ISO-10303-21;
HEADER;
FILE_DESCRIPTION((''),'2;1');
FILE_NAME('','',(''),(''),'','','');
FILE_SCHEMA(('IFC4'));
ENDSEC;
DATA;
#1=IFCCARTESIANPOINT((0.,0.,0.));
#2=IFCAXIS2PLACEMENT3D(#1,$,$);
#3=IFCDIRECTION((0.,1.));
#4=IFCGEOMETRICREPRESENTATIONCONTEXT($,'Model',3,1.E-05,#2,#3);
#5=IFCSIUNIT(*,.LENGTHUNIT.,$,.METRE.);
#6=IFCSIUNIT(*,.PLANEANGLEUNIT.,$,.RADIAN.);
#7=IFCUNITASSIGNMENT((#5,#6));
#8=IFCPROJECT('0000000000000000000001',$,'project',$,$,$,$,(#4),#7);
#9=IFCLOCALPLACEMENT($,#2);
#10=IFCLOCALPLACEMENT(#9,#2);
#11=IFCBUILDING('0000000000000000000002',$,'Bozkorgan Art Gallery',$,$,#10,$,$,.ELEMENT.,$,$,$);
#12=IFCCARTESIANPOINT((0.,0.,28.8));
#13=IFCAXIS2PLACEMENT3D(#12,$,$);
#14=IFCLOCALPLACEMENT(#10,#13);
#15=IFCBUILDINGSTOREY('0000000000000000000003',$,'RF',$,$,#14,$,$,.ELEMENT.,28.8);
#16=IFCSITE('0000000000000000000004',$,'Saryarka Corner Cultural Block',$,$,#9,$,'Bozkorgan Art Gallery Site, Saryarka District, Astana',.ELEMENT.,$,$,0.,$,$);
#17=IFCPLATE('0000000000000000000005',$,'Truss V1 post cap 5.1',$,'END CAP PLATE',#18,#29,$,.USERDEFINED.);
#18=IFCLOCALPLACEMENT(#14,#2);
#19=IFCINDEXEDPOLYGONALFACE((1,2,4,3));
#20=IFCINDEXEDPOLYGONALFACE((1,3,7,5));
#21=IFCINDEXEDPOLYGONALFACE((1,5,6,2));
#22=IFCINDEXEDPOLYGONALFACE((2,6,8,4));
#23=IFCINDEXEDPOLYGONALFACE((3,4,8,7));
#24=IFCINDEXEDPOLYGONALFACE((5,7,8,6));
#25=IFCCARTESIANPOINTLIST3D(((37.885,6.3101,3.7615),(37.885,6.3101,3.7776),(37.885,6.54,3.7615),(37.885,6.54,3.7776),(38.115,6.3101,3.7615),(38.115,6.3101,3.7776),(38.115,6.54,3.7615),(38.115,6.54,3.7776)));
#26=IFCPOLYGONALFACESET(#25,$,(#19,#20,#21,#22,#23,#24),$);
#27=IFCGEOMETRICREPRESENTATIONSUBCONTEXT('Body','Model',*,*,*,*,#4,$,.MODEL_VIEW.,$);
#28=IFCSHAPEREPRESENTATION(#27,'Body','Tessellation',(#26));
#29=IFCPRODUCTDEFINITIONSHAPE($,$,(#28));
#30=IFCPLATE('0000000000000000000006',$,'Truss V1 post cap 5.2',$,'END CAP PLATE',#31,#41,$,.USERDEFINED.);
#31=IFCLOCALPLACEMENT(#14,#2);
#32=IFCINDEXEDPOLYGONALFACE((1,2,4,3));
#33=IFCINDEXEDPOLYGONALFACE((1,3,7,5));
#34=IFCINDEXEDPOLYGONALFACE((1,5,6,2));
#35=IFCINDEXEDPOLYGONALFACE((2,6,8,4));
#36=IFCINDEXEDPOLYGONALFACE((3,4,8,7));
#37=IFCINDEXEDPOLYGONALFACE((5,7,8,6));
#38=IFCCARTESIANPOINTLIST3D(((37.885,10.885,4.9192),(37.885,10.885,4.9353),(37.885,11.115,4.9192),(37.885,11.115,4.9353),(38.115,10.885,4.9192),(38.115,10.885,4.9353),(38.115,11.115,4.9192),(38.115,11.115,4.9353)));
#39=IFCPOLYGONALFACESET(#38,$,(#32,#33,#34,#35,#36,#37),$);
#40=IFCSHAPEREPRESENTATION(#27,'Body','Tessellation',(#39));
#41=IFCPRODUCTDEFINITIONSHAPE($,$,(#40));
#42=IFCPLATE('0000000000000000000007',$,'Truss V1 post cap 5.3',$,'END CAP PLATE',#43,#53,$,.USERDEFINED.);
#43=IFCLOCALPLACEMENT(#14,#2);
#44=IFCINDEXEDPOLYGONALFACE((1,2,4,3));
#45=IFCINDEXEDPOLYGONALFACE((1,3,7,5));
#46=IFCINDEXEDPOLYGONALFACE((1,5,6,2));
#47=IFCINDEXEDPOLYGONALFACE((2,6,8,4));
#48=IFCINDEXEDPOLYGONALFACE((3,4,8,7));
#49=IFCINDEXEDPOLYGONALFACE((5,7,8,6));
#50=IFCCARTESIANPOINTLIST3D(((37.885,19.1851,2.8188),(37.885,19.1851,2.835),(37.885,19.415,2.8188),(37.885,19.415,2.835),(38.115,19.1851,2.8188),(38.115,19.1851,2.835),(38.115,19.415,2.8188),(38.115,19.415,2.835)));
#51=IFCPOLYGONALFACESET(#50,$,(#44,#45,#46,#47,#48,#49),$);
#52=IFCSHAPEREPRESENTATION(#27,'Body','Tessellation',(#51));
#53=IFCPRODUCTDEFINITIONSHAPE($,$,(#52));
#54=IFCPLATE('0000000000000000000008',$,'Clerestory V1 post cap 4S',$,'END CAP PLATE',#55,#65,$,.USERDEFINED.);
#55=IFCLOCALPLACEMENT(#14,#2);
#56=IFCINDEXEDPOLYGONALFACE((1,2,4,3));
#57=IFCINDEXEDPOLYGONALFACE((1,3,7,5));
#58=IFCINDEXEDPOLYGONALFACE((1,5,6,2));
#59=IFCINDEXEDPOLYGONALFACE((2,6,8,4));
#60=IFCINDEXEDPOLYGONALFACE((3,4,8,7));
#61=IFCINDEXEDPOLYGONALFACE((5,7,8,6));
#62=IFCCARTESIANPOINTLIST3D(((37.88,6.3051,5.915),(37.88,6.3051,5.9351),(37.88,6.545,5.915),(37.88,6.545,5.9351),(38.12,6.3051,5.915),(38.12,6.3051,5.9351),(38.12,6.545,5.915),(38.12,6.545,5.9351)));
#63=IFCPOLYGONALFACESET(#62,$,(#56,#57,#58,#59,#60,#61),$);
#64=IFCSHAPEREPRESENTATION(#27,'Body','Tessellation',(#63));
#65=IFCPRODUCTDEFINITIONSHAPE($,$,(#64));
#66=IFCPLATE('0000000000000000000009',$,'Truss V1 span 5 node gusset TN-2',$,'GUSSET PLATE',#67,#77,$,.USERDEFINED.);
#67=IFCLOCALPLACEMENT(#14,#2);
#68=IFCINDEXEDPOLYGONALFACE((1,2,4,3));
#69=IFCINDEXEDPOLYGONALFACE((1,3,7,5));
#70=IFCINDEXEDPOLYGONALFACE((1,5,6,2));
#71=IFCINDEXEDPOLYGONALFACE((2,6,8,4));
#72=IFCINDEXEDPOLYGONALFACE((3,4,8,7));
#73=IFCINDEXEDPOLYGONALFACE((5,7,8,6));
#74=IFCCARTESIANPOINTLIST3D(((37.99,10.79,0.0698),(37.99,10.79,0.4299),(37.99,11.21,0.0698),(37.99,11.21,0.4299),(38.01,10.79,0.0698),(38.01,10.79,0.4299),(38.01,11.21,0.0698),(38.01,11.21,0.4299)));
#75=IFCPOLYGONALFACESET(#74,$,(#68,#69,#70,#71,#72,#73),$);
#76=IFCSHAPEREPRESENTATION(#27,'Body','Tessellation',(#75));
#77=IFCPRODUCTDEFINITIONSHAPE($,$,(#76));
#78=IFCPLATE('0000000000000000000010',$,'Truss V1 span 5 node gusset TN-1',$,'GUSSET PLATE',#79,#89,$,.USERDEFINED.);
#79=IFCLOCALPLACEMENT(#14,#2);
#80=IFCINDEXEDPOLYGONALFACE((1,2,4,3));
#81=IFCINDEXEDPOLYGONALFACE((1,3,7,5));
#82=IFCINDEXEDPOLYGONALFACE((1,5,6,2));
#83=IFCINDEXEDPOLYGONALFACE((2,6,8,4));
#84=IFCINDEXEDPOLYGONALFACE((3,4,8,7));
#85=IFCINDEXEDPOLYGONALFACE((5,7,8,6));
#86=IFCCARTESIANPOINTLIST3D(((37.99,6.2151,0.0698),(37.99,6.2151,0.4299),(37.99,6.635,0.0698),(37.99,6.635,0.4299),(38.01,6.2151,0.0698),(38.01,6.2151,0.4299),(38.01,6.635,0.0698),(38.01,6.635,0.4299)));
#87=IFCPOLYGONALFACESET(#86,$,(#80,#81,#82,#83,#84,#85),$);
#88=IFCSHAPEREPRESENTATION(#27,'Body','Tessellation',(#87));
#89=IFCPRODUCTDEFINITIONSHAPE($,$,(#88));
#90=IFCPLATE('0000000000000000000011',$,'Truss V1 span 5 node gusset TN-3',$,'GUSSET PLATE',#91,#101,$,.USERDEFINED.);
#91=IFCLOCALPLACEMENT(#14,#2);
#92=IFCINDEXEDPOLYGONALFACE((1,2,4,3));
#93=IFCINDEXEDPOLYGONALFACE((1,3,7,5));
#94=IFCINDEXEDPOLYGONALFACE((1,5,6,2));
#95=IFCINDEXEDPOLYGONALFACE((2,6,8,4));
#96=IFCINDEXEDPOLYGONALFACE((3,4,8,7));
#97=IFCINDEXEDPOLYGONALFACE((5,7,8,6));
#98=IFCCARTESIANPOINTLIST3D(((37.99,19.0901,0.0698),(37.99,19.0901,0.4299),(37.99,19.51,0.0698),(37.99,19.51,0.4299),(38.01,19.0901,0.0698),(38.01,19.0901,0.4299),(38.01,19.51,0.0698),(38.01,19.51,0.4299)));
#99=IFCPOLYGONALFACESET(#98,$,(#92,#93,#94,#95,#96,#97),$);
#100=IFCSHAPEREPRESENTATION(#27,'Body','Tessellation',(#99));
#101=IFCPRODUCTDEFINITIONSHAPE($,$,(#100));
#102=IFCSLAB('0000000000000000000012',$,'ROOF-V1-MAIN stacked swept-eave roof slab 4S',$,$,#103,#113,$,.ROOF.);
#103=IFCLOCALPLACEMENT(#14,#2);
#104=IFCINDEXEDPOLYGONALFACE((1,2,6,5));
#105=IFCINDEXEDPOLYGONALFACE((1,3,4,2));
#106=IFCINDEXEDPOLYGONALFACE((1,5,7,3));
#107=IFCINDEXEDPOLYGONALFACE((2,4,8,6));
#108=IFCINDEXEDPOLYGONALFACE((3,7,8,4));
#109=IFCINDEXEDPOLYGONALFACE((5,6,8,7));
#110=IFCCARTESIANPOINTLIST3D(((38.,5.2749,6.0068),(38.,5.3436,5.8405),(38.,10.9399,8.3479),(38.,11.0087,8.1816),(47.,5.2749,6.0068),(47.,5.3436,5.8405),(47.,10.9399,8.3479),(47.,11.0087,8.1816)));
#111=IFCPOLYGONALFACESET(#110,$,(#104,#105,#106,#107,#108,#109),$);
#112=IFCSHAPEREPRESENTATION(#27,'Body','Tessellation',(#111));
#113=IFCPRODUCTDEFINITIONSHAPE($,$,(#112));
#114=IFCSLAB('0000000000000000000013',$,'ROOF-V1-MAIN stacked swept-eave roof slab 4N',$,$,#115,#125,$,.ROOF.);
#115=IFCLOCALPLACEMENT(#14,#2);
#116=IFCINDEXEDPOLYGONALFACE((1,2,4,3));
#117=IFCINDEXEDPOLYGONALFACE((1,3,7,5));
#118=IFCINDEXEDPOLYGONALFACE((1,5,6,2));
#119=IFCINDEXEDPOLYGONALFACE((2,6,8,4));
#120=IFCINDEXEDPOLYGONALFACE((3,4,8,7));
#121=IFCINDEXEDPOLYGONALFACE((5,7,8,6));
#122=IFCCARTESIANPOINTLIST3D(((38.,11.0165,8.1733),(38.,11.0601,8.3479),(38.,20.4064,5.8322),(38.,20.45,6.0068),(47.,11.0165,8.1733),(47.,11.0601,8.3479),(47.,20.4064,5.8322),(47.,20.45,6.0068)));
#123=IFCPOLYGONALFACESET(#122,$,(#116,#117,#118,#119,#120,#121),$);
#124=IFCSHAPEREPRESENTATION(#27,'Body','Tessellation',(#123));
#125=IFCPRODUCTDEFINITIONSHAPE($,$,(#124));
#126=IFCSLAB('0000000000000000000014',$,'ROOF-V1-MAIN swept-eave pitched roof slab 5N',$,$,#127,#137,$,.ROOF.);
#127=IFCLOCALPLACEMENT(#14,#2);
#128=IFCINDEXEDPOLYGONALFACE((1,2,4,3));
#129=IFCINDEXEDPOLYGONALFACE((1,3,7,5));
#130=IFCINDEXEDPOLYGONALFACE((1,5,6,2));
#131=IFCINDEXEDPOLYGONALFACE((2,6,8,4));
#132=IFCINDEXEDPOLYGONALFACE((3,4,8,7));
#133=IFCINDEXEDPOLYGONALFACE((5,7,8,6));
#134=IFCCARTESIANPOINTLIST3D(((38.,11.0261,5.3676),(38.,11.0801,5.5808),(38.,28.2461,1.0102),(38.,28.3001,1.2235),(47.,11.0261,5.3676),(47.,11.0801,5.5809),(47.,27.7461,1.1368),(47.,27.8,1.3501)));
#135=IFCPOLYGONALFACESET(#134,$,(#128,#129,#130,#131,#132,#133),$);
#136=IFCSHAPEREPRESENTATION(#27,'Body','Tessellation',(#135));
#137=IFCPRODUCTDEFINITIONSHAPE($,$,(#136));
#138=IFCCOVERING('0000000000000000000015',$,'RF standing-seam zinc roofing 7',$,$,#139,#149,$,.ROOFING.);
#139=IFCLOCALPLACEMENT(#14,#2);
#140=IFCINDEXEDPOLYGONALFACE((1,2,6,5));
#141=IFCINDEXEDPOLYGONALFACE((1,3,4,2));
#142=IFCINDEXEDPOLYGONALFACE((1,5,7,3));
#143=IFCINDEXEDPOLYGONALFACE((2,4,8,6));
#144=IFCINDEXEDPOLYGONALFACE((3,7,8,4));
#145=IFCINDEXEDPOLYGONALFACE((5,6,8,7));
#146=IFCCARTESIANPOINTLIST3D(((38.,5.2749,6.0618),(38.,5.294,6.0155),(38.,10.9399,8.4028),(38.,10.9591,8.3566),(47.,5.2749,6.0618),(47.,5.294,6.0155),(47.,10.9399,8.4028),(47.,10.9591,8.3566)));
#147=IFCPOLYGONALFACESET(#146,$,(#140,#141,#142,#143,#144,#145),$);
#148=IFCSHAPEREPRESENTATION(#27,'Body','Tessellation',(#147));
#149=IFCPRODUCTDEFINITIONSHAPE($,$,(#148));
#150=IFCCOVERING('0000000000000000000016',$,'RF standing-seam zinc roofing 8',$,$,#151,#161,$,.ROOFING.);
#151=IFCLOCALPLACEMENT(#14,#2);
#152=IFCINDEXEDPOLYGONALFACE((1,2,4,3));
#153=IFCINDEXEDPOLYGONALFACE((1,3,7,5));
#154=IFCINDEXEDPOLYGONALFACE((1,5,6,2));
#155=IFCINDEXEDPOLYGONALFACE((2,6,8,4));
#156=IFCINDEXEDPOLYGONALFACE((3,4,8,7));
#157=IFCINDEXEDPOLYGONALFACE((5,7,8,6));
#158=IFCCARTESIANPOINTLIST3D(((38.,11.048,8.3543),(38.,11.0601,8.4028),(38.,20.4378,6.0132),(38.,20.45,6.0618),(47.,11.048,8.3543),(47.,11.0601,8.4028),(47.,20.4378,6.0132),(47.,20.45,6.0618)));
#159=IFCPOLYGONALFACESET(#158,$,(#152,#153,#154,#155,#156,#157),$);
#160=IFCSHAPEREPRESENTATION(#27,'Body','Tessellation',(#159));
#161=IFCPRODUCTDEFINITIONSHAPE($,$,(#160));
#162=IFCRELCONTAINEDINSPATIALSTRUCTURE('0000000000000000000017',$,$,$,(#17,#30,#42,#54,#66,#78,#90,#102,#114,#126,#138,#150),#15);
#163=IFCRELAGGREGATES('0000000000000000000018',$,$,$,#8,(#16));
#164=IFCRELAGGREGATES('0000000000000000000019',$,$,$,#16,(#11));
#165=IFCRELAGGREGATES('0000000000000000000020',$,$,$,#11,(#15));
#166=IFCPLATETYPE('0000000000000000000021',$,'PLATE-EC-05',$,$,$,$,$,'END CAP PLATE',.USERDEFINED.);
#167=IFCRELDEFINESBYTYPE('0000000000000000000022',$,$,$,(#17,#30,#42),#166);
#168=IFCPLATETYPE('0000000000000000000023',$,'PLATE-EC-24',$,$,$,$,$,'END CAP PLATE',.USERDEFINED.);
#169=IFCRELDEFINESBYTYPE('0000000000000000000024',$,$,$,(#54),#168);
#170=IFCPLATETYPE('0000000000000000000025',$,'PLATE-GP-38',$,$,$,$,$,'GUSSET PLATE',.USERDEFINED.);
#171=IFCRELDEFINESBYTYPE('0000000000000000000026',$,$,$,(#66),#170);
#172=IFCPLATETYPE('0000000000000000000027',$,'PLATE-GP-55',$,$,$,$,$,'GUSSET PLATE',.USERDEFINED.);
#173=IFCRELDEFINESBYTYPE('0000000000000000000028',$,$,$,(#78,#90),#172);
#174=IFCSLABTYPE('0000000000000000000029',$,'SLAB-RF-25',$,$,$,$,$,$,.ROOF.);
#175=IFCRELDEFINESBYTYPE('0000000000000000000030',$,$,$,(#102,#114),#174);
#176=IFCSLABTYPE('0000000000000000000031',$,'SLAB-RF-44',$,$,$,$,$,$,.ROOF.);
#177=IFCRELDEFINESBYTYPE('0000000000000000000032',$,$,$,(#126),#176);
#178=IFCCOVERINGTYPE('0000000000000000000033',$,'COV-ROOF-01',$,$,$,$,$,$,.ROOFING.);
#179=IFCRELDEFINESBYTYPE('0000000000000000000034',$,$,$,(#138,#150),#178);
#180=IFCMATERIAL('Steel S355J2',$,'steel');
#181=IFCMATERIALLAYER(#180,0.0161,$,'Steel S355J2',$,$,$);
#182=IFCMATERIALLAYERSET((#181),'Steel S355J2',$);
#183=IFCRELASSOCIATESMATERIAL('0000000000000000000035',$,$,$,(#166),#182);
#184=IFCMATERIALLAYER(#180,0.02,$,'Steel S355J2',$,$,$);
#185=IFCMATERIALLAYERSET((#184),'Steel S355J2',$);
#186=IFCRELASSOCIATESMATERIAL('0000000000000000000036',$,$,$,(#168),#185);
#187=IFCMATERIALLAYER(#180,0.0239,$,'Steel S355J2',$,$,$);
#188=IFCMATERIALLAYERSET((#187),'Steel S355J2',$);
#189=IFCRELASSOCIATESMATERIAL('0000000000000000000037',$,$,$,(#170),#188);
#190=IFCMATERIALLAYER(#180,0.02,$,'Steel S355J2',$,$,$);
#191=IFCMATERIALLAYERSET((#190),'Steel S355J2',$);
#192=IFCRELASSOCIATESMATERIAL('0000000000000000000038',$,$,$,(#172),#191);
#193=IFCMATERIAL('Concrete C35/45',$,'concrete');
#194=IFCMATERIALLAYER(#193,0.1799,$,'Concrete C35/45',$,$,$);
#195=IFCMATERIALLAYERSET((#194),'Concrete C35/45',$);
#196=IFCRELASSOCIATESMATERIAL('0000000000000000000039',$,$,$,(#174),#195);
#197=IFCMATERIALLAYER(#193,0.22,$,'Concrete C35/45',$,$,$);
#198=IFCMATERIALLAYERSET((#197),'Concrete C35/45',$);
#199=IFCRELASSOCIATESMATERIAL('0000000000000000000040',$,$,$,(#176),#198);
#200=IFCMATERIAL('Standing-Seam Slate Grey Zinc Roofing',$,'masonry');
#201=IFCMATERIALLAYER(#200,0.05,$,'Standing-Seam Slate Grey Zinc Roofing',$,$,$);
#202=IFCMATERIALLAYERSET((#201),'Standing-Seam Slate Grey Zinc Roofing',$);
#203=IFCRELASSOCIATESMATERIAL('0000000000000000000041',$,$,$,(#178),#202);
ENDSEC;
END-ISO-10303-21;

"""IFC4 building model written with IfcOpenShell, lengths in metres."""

from ifc_helpers import new_model, si_unit, direction, frame, origin, origin_2d, place, context, subcontext, project, spatial, polyline, rectangle, outline, extrude, material, layer, layer_set, type_object, element, save


model = new_model("IFC4")

# Units and contexts
model_context = context("Model", 3, precision=1e-05, world=origin(), true_north=direction((0.0, 1.0)))
body_context = subcontext(model_context, "Body", "Model", "MODEL_VIEW")
ifc_project = project(units=[si_unit("LENGTHUNIT", "METRE"), si_unit("PLANEANGLEUNIT", "RADIAN")], contexts=[model_context])

# Site, building, storey
site_placement = place(None, origin())
site = spatial("IfcSite", under=ifc_project, at=site_placement, Name="Saryarka Corner Cultural Block", LongName="Bozkorgan Art Gallery Site, Saryarka District, Astana", CompositionType="ELEMENT", RefElevation=0.0)
building_placement = place(site_placement, origin())
building = spatial("IfcBuilding", under=site, at=building_placement, Name="Bozkorgan Art Gallery", CompositionType="ELEMENT")
storey_placement = place(building_placement, frame((0.0, 0.0, 28.8)))
storey = spatial("IfcBuildingStorey", under=building, at=storey_placement, Name="RF", CompositionType="ELEMENT", Elevation=28.8)

# Shared definitions
ifc_material_1 = material(Name="Steel S355J2", Category="steel")

# Plates
ifc_layer_1 = layer(ifc_material_1, 0.0161, Name="Steel S355J2")
ifc_layer_set_1 = layer_set([ifc_layer_1], Name="Steel S355J2")
plate_type_1 = type_object("IfcPlateType", Name="PLATE-EC-05", ElementType="END CAP PLATE", PredefinedType="USERDEFINED", material=ifc_layer_set_1)
for number, where, z_axis, x_axis, name in (
    (1, (38.0, 6.425, 3.7615), (0.0, 0.0, 1.0), (1.0, 0.0, 0.0), "Truss V1 post cap 5.1"),
    (2, (38.0, 11.0, 4.9192), (0.0, 0.0, 1.0), (1.0, 0.0, 0.0), "Truss V1 post cap 5.2"),
    (3, (38.0, 19.3, 2.8188), (0.0, 0.0, 1.0), (1.0, 0.0, 0.0), "Truss V1 post cap 5.3"),
):
    element("IfcPlate", number, at=place(storey_placement, frame(where, z_axis=z_axis, x_axis=x_axis)), inside=storey, type_object=plate_type_1, Name=name, ObjectType="END CAP PLATE", PredefinedType="USERDEFINED", context=body_context, shape_type="SweptSolid", body=[
        extrude(rectangle(XDim=0.23, YDim=0.23, at=origin_2d()), origin(), (0.0, 0.0, 1.0), 0.0161),
    ])
ifc_layer_2 = layer(ifc_material_1, 0.02, Name="Steel S355J2")
ifc_layer_set_2 = layer_set([ifc_layer_2], Name="Steel S355J2")
plate_type_2 = type_object("IfcPlateType", Name="PLATE-EC-24", ElementType="END CAP PLATE", PredefinedType="USERDEFINED", material=ifc_layer_set_2)
plate_1_placement = place(storey_placement, frame((38.0, 6.425, 5.915), z_axis=(0.0, 0.0, 1.0), x_axis=(1.0, 0.0, 0.0)))
element("IfcPlate", 4, at=plate_1_placement, inside=storey, type_object=plate_type_2, Name="Clerestory V1 post cap 4S", ObjectType="END CAP PLATE", PredefinedType="USERDEFINED", context=body_context, shape_type="SweptSolid", body=[
    extrude(rectangle(XDim=0.24, YDim=0.24, at=origin_2d()), origin(), (0.0, 0.0, 1.0), 0.02),
])
ifc_layer_3 = layer(ifc_material_1, 0.0239, Name="Steel S355J2")
ifc_layer_set_3 = layer_set([ifc_layer_3], Name="Steel S355J2")
plate_type_3 = type_object("IfcPlateType", Name="PLATE-GP-38", ElementType="GUSSET PLATE", PredefinedType="USERDEFINED", material=ifc_layer_set_3)
plate_2_placement = place(storey_placement, frame((38.0, 11.0, 0.0698), z_axis=(0.0, 0.0, 1.0), x_axis=(1.0, 0.0, 0.0)))
element("IfcPlate", 5, at=plate_2_placement, inside=storey, type_object=plate_type_3, Name="Truss V1 span 5 node gusset TN-2", ObjectType="GUSSET PLATE", PredefinedType="USERDEFINED", context=body_context, shape_type="SweptSolid", body=[
    extrude(rectangle(XDim=0.02, YDim=0.4199, at=origin_2d()), origin(), (0.0, 0.0, 1.0), 0.3601),
])
ifc_layer_4 = layer(ifc_material_1, 0.02, Name="Steel S355J2")
ifc_layer_set_4 = layer_set([ifc_layer_4], Name="Steel S355J2")
plate_type_4 = type_object("IfcPlateType", Name="PLATE-GP-55", ElementType="GUSSET PLATE", PredefinedType="USERDEFINED", material=ifc_layer_set_4)
for number, where, z_axis, x_axis, name in (
    (6, (38.0, 6.425, 0.0698), (0.0, 0.0, 1.0), (1.0, 0.0, 0.0), "Truss V1 span 5 node gusset TN-1"),
    (7, (38.0, 19.3, 0.0698), (0.0, 0.0, 1.0), (1.0, 0.0, 0.0), "Truss V1 span 5 node gusset TN-3"),
):
    element("IfcPlate", number, at=place(storey_placement, frame(where, z_axis=z_axis, x_axis=x_axis)), inside=storey, type_object=plate_type_4, Name=name, ObjectType="GUSSET PLATE", PredefinedType="USERDEFINED", context=body_context, shape_type="SweptSolid", body=[
        extrude(rectangle(XDim=0.02, YDim=0.4199, at=origin_2d()), origin(), (0.0, 0.0, 1.0), 0.3601),
    ])

# Slabs
ifc_material_2 = material(Name="Concrete C35/45", Category="concrete")
ifc_layer_5 = layer(ifc_material_2, 0.1799, Name="Concrete C35/45")
ifc_layer_set_5 = layer_set([ifc_layer_5], Name="Concrete C35/45")
slab_type_1 = type_object("IfcSlabType", Name="SLAB-RF-25", PredefinedType="ROOF", material=ifc_layer_set_5)
slab_1_placement = place(storey_placement, frame((38.0, 5.2749, 6.0068), z_axis=(0.0, -0.381921, 0.924195), x_axis=(1.0, 0.0, 0.0)))
element("IfcSlab", 8, at=slab_1_placement, inside=storey, type_object=slab_type_1, Name="ROOF-V1-MAIN stacked swept-eave roof slab 4S", PredefinedType="ROOF", context=body_context, shape_type="SweptSolid", body=[
    extrude(outline(polyline([(0.0, 0.0), (9.0, 0.0), (9.0, 6.1297), (0.0, 6.1297), (0.0, 0.0)])), origin(), (0.0, 0.0, -1.0), 0.1799),
])
slab_2_placement = place(storey_placement, frame((38.0, 11.0601, 8.3479), z_axis=(0.0, 0.241912, 0.970298), x_axis=(1.0, 0.0, 0.0)))
element("IfcSlab", 9, at=slab_2_placement, inside=storey, type_object=slab_type_1, Name="ROOF-V1-MAIN stacked swept-eave roof slab 4N", PredefinedType="ROOF", context=body_context, shape_type="SweptSolid", body=[
    extrude(outline(polyline([(0.0, 0.0), (9.0, 0.0), (9.0, 9.6773), (0.0, 9.6773), (0.0, 0.0)])), origin(), (0.0, 0.0, -1.0), 0.1799),
])
ifc_layer_6 = layer(ifc_material_2, 0.22, Name="Concrete C35/45")
ifc_layer_set_6 = layer_set([ifc_layer_6], Name="Concrete C35/45")
slab_type_2 = type_object("IfcSlabType", Name="SLAB-RF-44", PredefinedType="ROOF", material=ifc_layer_set_6)
slab_3_placement = place(storey_placement, frame((38.0, 11.0801, 5.5808), z_axis=(-0.00001, 0.245308, 0.969445), x_axis=(1.0, 0.000003, 0.00001)))
element("IfcSlab", 10, at=slab_3_placement, inside=storey, type_object=slab_type_2, Name="ROOF-V1-MAIN swept-eave pitched roof slab 5N", PredefinedType="ROOF", context=body_context, shape_type="SweptSolid", body=[
    extrude(outline(polyline([(0.0, 0.0), (9.0, 0.0), (9.0, 17.2469), (0.0, 17.7627), (0.0, 0.0)])), origin(), (0.0, 0.0, -1.0), 0.22),
])

# Coverings
ifc_material_3 = material(Name="Standing-Seam Slate Grey Zinc Roofing", Category="masonry")
ifc_layer_7 = layer(ifc_material_3, 0.05, Name="Standing-Seam Slate Grey Zinc Roofing")
ifc_layer_set_7 = layer_set([ifc_layer_7], Name="Standing-Seam Slate Grey Zinc Roofing")
covering_type = type_object("IfcCoveringType", Name="COV-ROOF-01", PredefinedType="ROOFING", material=ifc_layer_set_7)
covering_1_placement = place(storey_placement, frame((38.0, 5.2749, 6.0618), z_axis=(0.0, -0.381921, 0.924195), x_axis=(1.0, 0.0, 0.0)))
element("IfcCovering", 11, at=covering_1_placement, inside=storey, type_object=covering_type, Name="RF standing-seam zinc roofing 7", PredefinedType="ROOFING", context=body_context, shape_type="SweptSolid", body=[
    extrude(outline(polyline([(0.0, 0.0), (9.0, 0.0), (9.0, 6.1297), (0.0, 6.1297), (0.0, 0.0)])), origin(), (0.0, 0.0, -1.0), 0.05),
])
covering_2_placement = place(storey_placement, frame((38.0, 11.0601, 8.4028), z_axis=(0.0, 0.241912, 0.970298), x_axis=(1.0, 0.0, 0.0)))
element("IfcCovering", 12, at=covering_2_placement, inside=storey, type_object=covering_type, Name="RF standing-seam zinc roofing 8", PredefinedType="ROOFING", context=body_context, shape_type="SweptSolid", body=[
    extrude(outline(polyline([(0.0, 0.0), (9.0, 0.0), (9.0, 9.6773), (0.0, 9.6773), (0.0, 0.0)])), origin(), (0.0, 0.0, -1.0), 0.05),
])

save(model, "model.ifc")
